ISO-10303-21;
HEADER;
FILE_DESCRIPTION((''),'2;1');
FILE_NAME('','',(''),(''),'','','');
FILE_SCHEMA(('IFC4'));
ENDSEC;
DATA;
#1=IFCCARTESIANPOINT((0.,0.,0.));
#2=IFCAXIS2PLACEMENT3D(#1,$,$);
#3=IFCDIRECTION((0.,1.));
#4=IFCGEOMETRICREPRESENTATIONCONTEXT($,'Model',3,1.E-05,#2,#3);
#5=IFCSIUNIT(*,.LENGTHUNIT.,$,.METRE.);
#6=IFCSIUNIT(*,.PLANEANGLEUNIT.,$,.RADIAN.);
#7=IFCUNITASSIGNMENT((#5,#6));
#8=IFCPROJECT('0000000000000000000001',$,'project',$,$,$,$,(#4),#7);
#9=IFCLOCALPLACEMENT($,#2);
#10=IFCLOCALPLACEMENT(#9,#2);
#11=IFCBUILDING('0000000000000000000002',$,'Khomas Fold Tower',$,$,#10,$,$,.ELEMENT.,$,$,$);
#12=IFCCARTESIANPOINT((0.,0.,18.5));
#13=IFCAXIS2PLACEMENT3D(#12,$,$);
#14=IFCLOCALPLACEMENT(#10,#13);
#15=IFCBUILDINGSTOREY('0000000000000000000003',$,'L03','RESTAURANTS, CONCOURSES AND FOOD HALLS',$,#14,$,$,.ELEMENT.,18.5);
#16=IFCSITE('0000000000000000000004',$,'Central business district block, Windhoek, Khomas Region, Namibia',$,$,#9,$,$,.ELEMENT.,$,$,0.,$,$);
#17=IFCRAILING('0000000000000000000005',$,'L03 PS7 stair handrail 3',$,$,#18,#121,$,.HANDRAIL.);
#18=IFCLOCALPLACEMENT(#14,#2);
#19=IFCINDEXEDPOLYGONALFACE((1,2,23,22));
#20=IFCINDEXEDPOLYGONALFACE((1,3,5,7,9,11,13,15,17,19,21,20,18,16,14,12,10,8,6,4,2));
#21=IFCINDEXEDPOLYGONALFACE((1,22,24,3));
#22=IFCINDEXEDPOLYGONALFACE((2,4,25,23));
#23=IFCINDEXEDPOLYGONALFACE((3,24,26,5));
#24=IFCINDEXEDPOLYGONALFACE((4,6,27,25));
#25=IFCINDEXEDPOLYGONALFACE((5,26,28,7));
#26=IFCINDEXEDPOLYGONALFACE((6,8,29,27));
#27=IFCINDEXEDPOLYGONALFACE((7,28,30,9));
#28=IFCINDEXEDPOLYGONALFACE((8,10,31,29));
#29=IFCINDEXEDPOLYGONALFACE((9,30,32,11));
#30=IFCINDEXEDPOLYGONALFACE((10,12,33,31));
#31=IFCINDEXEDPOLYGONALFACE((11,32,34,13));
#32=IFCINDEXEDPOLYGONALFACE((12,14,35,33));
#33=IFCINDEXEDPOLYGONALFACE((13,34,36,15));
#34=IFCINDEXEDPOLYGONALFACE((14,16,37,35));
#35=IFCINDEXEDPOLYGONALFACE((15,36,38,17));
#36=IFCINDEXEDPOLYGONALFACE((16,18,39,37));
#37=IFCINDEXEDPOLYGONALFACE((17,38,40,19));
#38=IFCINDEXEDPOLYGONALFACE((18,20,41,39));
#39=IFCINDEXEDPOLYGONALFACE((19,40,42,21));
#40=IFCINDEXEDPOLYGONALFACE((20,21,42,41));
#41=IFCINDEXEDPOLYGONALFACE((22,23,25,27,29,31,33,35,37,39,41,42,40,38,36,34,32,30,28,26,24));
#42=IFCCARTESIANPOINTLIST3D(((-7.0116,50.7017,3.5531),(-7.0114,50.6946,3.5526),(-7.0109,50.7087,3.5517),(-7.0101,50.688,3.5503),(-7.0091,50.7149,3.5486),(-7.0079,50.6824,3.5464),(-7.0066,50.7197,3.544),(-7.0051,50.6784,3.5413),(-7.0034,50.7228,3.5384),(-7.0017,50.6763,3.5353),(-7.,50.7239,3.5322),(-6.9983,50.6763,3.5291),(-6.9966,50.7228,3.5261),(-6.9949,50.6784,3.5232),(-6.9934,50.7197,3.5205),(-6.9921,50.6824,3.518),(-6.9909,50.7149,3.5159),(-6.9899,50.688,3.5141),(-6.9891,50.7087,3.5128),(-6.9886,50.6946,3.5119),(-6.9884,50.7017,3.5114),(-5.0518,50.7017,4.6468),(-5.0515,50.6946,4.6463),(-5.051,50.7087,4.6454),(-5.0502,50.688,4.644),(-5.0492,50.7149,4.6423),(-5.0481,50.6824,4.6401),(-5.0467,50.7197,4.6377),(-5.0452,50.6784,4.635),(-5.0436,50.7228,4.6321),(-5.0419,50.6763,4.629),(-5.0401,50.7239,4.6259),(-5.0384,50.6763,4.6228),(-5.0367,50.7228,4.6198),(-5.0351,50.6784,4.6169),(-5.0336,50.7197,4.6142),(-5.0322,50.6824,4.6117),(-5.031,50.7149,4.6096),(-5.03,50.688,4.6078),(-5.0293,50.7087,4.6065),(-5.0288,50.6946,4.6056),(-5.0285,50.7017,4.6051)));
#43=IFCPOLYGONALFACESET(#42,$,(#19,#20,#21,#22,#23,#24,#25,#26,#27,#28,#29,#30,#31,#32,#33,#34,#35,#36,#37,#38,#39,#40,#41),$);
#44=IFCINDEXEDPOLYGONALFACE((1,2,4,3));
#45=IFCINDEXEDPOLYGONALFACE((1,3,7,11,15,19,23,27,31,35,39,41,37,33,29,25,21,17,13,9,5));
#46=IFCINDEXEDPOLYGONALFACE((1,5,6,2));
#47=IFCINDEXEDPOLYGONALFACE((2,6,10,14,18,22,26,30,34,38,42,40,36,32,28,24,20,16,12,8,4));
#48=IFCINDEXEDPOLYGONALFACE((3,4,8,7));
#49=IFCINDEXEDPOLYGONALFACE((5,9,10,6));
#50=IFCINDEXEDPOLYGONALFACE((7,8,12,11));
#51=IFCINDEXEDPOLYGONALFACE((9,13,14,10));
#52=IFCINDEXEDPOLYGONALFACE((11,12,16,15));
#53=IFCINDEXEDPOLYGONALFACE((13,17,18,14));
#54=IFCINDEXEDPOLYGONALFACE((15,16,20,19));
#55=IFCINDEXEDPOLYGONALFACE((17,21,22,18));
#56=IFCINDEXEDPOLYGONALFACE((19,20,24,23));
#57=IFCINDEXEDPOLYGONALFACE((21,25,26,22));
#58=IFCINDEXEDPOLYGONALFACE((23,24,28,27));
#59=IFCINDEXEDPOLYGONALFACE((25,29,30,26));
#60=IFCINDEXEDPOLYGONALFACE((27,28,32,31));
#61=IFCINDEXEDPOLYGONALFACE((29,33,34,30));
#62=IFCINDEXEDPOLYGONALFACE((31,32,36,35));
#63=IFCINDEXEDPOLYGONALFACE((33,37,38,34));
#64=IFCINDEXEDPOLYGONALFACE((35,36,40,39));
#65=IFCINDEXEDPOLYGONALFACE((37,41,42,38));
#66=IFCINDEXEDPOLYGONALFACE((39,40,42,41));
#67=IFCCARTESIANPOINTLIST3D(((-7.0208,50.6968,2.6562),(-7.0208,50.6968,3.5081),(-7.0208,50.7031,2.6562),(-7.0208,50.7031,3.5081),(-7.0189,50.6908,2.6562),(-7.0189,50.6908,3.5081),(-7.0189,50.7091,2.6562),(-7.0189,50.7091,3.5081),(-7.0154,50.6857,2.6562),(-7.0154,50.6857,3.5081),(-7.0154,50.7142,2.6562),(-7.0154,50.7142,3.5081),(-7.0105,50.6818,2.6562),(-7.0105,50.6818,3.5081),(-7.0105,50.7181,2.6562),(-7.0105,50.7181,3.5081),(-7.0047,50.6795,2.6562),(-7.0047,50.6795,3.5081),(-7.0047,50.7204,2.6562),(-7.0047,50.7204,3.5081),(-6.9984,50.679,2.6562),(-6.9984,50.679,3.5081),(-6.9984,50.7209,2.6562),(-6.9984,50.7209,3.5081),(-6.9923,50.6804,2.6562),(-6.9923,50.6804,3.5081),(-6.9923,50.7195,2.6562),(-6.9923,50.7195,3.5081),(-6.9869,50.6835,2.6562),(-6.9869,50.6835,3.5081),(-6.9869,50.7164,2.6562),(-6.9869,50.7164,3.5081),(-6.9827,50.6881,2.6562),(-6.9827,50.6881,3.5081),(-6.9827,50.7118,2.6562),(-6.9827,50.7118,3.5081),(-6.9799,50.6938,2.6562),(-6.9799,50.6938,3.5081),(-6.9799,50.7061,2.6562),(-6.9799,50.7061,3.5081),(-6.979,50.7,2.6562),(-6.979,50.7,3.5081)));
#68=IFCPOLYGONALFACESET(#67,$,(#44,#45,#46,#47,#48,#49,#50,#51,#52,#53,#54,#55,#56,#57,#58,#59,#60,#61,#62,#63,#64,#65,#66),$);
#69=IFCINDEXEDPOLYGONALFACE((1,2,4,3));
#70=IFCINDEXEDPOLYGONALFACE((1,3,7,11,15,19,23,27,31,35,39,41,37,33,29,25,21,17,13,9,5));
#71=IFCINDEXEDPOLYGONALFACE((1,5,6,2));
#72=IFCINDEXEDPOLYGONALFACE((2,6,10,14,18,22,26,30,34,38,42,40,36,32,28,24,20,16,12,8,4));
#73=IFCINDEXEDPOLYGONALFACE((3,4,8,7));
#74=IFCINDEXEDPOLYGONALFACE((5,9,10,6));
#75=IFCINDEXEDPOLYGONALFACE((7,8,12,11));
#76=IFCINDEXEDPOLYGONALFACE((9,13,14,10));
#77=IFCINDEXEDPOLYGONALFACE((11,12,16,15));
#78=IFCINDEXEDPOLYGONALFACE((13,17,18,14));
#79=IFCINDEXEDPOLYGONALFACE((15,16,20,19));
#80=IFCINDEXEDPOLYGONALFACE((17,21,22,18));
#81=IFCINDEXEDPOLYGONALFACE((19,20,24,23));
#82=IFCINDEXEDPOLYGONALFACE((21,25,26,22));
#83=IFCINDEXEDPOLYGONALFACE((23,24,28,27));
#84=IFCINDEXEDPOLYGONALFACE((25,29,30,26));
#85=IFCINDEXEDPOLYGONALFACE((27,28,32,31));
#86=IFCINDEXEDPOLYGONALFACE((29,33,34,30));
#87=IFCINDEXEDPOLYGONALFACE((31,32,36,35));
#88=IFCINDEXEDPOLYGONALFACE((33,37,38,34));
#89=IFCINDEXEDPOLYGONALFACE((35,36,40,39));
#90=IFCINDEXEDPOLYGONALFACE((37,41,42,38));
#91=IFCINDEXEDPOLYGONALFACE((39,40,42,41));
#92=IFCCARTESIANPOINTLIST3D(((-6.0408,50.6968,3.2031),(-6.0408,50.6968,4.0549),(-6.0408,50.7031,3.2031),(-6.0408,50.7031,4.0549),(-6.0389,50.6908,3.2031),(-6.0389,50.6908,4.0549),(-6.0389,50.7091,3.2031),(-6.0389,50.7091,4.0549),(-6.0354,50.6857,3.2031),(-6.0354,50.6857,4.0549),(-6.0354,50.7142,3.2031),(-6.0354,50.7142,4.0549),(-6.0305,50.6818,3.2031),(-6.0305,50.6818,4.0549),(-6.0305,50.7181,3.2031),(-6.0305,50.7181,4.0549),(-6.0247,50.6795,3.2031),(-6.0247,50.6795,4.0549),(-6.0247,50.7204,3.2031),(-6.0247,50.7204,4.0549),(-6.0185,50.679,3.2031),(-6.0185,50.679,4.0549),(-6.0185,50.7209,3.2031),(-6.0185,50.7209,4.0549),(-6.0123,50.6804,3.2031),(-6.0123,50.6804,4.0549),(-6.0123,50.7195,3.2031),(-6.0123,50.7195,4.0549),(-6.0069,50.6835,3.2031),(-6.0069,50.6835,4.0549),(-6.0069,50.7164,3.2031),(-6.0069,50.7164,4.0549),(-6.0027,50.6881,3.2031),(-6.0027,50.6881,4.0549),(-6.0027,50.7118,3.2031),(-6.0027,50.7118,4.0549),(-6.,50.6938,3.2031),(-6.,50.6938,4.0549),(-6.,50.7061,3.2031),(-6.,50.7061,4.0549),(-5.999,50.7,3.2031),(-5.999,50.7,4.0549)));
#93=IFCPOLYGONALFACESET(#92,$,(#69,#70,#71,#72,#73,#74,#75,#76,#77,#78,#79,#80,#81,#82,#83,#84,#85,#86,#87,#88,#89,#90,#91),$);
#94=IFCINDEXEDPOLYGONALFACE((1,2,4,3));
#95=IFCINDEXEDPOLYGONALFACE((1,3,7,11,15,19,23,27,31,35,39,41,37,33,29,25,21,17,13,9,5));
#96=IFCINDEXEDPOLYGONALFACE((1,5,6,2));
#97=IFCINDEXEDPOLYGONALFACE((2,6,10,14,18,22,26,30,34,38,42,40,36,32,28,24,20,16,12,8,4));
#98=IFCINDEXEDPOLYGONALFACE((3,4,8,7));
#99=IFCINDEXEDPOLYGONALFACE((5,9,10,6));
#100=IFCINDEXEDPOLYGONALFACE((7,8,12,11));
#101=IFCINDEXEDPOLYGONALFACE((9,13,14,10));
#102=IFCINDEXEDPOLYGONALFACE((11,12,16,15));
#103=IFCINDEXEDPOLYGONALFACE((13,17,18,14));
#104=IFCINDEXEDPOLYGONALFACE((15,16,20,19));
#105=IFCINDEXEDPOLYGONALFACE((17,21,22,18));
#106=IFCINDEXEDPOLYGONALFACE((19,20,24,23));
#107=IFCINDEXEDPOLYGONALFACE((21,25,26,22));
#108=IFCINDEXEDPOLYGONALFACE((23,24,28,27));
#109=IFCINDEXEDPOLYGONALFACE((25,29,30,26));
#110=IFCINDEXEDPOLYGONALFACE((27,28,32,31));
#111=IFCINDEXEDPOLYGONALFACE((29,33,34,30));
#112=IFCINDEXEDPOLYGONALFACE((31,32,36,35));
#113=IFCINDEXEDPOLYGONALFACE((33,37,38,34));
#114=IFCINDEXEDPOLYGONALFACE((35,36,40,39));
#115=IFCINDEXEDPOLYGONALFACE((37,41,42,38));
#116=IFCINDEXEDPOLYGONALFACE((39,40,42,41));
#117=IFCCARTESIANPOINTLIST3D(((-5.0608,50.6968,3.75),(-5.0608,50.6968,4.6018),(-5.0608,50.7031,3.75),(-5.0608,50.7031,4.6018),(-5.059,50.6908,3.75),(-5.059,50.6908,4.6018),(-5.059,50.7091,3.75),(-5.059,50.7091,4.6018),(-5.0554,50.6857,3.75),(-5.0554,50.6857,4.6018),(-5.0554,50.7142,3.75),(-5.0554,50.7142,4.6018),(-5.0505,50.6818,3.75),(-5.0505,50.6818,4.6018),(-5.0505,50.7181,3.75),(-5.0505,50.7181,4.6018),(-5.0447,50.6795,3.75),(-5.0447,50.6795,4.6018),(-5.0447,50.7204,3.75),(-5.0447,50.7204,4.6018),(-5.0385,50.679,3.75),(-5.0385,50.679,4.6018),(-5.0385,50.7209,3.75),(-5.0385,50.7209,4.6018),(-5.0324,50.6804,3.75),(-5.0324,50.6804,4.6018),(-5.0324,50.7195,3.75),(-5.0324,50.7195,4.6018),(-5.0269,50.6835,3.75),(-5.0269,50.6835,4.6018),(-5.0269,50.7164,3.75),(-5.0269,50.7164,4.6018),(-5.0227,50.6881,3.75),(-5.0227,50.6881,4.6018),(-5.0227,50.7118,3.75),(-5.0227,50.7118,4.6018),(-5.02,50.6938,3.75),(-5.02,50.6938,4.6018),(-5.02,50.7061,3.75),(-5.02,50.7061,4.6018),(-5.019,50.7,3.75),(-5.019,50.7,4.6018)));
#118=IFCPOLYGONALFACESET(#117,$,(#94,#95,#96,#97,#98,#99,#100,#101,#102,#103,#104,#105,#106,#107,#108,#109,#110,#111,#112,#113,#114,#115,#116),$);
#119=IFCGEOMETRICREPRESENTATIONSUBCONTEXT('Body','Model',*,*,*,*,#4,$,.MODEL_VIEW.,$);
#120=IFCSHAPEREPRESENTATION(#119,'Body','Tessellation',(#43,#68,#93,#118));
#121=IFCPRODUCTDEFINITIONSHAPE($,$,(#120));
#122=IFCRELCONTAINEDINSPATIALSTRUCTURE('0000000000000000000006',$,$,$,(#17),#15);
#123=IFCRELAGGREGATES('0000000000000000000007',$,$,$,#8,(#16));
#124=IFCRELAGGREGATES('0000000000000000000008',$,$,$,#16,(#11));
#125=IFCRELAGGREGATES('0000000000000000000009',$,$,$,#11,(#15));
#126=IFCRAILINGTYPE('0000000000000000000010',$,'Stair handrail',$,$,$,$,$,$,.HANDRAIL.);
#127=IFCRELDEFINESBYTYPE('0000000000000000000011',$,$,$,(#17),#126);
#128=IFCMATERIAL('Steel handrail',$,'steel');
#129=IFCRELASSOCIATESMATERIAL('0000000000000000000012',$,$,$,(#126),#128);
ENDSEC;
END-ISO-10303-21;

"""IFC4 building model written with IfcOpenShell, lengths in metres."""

from ifc_helpers import new_model, si_unit, direction, frame, origin, origin_2d, place, context, subcontext, project, spatial, circle, extrude, source, transform, mapped, material, type_object, element, save


model = new_model("IFC4")

# Units and contexts
model_context = context("Model", 3, precision=1e-05, world=origin(), true_north=direction((0.0, 1.0)))
body_context = subcontext(model_context, "Body", "Model", "MODEL_VIEW")
ifc_project = project(units=[si_unit("LENGTHUNIT", "METRE"), si_unit("PLANEANGLEUNIT", "RADIAN")], contexts=[model_context])

# Site, building, storey
site_placement = place(None, origin())
site = spatial("IfcSite", under=ifc_project, at=site_placement, Name="Central business district block, Windhoek, Khomas Region, Namibia", CompositionType="ELEMENT", RefElevation=0.0)
building_placement = place(site_placement, origin())
building = spatial("IfcBuilding", under=site, at=building_placement, Name="Khomas Fold Tower", CompositionType="ELEMENT")
storey_placement = place(building_placement, frame((0.0, 0.0, 18.5)))
storey = spatial("IfcBuildingStorey", under=building, at=storey_placement, Name="L03", Description="RESTAURANTS, CONCOURSES AND FOOD HALLS", CompositionType="ELEMENT", Elevation=18.5)

# Railing
ifc_material_1 = material(Name="Steel handrail", Category="steel")
railing_type_1 = type_object("IfcRailingType", Name="Stair handrail", PredefinedType="HANDRAIL", material=ifc_material_1)
shared_shape_1 = source(origin(), body_context, "Body", "SweptSolid", [
    extrude(circle(Radius=0.0239, at=origin_2d()), frame((0.0, 0.0, 0.876), z_axis=(0.873232, 0.0, 0.487304), x_axis=(0.0, 1.0, 0.0)), (0.0, 0.0, 1.0), 2.2444),
    extrude(circle(Radius=0.021, at=origin_2d()), origin(), (0.0, 0.0, 1.0), 0.8518),
    extrude(circle(Radius=0.021, at=origin_2d()), frame((0.98, 0.0, 0.5469)), (0.0, 0.0, 1.0), 0.8518),
    extrude(circle(Radius=0.021, at=origin_2d()), frame((1.96, 0.0, 1.0938)), (0.0, 0.0, 1.0), 0.8518),
])
railing_placement = place(storey_placement, frame((-7.0, 50.7, 2.6562)))
element("IfcRailing", 1, at=railing_placement, inside=storey, type_object=railing_type_1, Name="L03 PS7 stair handrail 3", PredefinedType="HANDRAIL", context=body_context, shape_type="MappedRepresentation", body=[
    mapped(shared_shape_1, transform((0.0, 0.0, 0.0))),
])

save(model, "model.ifc")
